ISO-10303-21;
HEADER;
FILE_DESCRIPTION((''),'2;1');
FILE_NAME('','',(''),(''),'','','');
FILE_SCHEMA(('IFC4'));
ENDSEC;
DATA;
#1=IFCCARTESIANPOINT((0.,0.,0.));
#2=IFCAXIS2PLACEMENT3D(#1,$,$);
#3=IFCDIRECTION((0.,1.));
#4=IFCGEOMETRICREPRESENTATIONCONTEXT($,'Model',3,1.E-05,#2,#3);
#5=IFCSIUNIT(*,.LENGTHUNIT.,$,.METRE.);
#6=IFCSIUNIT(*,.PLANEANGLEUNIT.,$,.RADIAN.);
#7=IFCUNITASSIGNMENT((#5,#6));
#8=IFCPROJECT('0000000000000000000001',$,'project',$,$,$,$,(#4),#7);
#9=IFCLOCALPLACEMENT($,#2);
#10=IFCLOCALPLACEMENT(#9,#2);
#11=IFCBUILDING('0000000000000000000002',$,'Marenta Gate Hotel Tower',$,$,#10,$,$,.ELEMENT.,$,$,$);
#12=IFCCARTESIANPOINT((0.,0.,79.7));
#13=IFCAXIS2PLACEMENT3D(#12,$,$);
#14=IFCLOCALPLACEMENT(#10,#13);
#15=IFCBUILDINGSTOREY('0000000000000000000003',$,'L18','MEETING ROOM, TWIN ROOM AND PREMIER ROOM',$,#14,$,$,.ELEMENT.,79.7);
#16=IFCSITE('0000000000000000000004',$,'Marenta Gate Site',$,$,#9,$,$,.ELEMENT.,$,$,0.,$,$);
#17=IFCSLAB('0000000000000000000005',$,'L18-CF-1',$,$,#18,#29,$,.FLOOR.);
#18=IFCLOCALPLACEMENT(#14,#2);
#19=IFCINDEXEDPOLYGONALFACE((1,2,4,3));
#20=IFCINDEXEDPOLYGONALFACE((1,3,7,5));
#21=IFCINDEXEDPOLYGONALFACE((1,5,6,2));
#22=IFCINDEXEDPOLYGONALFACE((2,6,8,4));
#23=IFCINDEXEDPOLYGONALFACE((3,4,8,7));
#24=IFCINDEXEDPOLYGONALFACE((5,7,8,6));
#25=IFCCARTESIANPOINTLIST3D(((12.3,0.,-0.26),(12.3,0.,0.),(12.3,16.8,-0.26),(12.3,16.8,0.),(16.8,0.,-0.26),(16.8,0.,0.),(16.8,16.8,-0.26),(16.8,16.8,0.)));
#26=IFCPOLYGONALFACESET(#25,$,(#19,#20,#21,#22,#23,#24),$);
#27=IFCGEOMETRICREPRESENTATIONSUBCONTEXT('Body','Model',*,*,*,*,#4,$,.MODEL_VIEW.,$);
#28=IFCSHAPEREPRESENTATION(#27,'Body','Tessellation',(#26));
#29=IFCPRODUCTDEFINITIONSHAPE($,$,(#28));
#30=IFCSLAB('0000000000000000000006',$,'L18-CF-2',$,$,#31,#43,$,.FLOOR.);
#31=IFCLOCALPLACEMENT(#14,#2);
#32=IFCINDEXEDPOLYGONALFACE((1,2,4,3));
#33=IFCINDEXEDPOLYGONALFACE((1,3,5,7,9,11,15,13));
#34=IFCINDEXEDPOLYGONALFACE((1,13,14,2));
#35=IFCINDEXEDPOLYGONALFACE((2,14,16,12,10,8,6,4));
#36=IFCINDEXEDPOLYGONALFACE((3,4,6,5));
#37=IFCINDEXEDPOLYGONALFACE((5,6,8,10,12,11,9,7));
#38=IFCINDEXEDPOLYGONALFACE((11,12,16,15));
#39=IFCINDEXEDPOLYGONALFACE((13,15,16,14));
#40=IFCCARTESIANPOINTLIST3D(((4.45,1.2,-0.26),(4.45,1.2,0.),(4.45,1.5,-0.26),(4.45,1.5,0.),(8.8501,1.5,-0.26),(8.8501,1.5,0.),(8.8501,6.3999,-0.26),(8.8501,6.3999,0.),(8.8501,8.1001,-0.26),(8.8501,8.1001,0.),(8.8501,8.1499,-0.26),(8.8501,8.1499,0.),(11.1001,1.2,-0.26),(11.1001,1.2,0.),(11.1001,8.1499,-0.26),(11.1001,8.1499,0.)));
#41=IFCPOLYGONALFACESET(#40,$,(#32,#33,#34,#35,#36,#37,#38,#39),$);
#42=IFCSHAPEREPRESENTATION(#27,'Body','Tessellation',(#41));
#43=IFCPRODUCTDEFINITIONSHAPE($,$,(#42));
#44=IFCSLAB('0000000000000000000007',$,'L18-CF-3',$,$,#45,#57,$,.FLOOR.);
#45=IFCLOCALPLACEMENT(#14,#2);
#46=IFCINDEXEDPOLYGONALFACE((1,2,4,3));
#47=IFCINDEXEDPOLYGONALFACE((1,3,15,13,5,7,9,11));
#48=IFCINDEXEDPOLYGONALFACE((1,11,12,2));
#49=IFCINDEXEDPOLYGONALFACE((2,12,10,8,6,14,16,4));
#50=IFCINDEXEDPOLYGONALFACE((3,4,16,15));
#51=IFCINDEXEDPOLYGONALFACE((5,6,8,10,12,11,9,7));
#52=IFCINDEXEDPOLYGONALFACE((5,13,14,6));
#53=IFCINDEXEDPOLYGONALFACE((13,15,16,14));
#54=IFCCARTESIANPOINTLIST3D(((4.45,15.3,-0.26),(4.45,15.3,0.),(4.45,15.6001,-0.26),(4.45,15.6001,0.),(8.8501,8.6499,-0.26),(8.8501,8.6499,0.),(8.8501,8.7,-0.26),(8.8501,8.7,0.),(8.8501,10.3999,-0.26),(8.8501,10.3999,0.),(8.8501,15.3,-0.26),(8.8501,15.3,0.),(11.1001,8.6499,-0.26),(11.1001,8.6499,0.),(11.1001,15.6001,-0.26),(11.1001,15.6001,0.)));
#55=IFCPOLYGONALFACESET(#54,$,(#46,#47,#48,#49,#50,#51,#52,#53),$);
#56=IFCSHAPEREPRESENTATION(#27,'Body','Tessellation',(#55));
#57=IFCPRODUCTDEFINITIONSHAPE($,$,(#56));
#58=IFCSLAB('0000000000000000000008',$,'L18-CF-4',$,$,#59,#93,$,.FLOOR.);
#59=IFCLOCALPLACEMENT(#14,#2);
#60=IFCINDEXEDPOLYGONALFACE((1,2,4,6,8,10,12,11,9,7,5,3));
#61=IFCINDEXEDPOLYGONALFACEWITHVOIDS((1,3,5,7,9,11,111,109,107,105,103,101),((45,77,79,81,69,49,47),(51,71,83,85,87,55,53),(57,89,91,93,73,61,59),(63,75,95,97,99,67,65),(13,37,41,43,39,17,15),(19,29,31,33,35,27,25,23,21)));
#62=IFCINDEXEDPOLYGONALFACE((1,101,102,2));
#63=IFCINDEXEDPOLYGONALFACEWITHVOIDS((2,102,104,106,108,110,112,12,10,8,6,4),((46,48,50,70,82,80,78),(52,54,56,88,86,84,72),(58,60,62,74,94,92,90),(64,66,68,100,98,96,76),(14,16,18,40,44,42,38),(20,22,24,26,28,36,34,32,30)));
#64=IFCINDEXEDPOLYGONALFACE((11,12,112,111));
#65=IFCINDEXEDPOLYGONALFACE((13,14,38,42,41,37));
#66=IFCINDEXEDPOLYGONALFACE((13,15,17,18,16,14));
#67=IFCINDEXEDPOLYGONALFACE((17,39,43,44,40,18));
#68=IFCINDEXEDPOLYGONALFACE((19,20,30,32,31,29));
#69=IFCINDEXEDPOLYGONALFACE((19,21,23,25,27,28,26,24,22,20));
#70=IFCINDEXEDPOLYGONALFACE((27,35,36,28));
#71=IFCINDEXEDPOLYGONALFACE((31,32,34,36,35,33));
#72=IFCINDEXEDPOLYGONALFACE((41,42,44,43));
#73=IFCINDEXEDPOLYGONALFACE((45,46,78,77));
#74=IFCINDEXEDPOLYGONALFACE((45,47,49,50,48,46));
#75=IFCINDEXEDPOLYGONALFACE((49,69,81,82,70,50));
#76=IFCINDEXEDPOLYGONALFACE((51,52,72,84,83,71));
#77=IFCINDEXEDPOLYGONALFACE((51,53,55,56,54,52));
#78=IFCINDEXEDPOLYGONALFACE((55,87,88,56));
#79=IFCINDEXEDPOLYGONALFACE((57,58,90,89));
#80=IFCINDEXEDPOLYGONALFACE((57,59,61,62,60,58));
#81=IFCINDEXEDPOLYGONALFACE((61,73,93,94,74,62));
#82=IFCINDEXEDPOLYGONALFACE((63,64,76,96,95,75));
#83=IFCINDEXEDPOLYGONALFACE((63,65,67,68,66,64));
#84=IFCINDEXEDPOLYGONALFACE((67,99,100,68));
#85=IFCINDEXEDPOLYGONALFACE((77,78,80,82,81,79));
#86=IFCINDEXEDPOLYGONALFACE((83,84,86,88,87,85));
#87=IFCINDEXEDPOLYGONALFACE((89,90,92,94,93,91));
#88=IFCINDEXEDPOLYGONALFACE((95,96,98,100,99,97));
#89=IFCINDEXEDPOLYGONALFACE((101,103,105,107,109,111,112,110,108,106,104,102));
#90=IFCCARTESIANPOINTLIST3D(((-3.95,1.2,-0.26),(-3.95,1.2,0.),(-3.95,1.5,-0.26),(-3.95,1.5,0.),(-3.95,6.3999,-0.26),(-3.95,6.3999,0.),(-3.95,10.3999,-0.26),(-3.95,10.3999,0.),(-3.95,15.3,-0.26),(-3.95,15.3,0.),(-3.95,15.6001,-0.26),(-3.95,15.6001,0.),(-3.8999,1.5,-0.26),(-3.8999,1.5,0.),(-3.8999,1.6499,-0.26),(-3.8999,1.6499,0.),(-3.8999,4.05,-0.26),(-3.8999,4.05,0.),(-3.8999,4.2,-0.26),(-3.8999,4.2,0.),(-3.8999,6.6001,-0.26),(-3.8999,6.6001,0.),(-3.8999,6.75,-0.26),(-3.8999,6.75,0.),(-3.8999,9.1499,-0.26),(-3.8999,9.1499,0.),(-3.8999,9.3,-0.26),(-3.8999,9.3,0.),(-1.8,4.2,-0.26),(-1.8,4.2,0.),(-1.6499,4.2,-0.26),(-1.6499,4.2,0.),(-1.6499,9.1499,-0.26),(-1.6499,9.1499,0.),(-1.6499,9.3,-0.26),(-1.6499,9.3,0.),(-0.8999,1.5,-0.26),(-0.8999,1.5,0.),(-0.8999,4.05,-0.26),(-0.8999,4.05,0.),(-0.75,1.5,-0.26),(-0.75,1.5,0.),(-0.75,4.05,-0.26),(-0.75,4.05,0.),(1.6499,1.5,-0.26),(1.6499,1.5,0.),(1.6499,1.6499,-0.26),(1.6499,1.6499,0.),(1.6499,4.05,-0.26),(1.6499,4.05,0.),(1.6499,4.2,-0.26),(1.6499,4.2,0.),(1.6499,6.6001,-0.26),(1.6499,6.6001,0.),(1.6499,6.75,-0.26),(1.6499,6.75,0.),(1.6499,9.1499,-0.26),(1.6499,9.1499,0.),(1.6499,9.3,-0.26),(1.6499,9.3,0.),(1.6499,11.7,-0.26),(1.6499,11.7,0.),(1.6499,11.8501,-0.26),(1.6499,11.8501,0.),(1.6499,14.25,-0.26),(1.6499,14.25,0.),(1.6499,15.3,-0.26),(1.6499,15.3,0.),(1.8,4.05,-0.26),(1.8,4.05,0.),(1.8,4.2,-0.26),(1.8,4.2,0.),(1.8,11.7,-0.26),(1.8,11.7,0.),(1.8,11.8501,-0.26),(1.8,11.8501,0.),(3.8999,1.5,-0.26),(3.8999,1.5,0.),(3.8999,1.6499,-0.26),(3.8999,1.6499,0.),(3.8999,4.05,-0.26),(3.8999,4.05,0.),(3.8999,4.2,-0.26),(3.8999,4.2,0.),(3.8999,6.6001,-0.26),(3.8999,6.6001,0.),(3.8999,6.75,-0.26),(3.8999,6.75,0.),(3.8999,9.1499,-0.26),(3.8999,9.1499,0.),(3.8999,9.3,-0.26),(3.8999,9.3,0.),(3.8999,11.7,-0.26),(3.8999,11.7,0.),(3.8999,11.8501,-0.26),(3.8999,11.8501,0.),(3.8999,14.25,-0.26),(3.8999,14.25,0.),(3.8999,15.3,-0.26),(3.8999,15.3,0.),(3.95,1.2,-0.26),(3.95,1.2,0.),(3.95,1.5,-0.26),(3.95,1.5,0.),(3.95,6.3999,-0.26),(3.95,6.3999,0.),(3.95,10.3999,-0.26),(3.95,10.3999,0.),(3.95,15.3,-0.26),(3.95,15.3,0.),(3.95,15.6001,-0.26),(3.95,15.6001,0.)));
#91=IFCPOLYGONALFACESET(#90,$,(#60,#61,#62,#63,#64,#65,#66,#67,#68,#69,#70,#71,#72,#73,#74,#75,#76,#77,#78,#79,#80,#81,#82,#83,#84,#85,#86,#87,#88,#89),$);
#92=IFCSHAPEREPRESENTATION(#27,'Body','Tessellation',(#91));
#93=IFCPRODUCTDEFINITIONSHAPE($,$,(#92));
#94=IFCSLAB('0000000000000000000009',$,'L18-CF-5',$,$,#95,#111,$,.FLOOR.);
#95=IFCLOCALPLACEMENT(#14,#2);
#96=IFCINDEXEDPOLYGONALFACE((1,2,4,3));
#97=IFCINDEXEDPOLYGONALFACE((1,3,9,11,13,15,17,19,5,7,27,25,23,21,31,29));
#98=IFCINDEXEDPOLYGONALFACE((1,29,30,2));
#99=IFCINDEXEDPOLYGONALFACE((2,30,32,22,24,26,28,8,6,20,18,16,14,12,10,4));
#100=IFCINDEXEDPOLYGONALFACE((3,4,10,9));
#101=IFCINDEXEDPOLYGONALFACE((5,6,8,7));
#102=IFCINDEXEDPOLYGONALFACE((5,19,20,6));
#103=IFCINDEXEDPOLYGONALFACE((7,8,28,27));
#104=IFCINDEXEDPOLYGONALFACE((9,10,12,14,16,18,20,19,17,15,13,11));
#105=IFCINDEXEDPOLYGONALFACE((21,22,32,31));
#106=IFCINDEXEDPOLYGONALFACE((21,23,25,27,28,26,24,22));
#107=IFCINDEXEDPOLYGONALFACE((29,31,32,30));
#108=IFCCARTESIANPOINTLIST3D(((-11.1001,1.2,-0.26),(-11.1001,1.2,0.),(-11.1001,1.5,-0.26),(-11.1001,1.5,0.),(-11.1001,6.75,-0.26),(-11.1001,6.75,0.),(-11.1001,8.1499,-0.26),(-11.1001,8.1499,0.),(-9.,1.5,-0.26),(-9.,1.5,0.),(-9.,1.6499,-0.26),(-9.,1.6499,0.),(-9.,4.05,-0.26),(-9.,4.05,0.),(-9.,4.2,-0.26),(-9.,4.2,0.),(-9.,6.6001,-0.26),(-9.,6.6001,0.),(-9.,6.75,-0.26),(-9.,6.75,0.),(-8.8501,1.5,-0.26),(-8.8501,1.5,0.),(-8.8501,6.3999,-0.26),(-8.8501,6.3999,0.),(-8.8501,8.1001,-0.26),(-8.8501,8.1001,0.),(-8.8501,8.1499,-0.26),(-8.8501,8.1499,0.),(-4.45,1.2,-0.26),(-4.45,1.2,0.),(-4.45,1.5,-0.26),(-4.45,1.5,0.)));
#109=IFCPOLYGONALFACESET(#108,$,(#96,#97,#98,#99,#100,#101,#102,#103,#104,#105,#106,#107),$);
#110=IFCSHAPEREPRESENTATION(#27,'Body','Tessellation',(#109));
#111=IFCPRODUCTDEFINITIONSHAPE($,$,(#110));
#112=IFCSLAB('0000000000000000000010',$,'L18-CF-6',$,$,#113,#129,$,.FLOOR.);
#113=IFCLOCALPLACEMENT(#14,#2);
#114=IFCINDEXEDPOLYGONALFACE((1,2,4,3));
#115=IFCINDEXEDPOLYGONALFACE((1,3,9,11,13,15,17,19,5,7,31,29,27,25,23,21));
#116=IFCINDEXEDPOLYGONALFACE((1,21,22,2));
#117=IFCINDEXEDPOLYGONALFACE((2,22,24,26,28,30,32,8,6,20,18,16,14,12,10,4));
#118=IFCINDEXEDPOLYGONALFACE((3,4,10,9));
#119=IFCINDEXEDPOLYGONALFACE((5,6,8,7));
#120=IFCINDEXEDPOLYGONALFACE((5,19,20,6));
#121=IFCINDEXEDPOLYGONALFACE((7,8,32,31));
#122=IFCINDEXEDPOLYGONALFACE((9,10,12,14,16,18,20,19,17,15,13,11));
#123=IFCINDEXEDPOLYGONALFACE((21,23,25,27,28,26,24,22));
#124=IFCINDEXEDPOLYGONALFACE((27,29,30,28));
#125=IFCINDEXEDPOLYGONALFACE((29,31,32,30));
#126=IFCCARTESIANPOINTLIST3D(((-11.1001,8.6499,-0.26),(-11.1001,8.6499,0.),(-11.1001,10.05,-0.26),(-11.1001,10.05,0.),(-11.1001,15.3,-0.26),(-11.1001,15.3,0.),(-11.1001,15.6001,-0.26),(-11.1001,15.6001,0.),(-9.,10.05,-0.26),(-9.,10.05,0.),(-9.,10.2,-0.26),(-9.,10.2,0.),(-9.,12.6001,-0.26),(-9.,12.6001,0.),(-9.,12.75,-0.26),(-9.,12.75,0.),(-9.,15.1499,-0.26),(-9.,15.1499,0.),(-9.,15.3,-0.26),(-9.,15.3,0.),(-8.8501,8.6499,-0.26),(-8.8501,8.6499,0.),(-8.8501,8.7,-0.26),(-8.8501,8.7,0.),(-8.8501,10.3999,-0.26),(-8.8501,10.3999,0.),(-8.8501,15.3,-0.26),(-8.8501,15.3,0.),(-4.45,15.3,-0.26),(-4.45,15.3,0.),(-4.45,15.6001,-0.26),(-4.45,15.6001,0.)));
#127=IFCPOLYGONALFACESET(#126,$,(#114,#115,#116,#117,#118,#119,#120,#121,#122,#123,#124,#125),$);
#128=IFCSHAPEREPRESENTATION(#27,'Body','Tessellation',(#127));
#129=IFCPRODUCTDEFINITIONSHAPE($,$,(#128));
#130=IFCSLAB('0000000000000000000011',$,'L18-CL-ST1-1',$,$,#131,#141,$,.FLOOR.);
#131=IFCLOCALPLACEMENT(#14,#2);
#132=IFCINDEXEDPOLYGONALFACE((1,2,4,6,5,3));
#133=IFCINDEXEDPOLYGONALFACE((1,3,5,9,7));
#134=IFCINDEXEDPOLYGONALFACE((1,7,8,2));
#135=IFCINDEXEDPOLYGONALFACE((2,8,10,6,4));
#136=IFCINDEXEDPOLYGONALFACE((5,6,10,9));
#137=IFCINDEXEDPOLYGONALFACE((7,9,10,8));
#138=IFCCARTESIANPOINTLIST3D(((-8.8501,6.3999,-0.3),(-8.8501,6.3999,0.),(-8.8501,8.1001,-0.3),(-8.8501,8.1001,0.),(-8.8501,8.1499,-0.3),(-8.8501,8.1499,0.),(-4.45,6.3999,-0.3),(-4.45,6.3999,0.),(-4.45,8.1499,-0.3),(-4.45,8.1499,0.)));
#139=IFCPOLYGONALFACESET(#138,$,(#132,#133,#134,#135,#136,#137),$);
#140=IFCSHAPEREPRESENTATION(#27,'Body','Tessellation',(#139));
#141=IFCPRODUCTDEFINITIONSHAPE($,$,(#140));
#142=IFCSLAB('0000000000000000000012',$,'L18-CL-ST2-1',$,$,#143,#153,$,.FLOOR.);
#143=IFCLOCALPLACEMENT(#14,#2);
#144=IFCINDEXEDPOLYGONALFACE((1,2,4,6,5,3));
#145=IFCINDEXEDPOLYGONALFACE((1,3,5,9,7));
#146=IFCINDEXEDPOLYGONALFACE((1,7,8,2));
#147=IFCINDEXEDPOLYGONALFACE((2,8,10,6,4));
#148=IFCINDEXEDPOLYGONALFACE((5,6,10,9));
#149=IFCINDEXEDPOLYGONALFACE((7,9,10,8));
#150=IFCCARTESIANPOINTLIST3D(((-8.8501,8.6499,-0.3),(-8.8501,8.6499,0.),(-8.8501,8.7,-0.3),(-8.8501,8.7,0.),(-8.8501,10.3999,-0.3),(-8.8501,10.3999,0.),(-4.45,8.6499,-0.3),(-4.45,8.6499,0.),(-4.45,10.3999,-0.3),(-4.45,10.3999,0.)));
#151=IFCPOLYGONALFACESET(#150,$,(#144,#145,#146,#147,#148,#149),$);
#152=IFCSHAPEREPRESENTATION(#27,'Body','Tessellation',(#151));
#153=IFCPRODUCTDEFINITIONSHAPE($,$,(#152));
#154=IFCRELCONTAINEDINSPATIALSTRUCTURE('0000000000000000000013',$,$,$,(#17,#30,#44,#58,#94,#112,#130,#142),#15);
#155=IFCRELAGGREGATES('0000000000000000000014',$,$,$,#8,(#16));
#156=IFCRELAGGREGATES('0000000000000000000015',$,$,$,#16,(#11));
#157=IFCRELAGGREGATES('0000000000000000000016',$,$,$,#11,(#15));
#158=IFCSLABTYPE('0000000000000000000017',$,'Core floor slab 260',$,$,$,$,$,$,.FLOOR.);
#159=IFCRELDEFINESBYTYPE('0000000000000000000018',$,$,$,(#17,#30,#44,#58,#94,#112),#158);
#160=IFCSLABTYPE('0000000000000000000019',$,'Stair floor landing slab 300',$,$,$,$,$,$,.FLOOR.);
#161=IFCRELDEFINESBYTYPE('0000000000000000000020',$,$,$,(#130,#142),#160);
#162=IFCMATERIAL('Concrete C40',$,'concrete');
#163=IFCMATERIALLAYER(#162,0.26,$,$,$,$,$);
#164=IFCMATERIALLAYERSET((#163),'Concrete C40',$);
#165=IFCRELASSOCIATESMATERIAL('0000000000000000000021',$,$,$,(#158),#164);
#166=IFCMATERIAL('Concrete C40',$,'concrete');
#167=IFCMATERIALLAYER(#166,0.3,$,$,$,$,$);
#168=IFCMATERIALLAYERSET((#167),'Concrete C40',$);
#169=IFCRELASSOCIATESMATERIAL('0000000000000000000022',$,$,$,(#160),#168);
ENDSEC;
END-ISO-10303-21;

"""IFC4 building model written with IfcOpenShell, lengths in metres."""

from ifc_helpers import new_model, si_unit, direction, frame, origin, place, context, subcontext, project, spatial, polyline, outline, extrude, material, layer, layer_set, type_object, element, save


model = new_model("IFC4")

# Units and contexts
model_context = context("Model", 3, precision=1e-05, world=origin(), true_north=direction((0.0, 1.0)))
body_context = subcontext(model_context, "Body", "Model", "MODEL_VIEW")
ifc_project = project(units=[si_unit("LENGTHUNIT", "METRE"), si_unit("PLANEANGLEUNIT", "RADIAN")], contexts=[model_context])

# Site, building, storey
site_placement = place(None, origin())
site = spatial("IfcSite", under=ifc_project, at=site_placement, Name="Marenta Gate Site", CompositionType="ELEMENT", RefElevation=0.0)
building_placement = place(site_placement, origin())
building = spatial("IfcBuilding", under=site, at=building_placement, Name="Marenta Gate Hotel Tower", CompositionType="ELEMENT")
storey_placement = place(building_placement, frame((0.0, 0.0, 79.7)))
storey = spatial("IfcBuildingStorey", under=building, at=storey_placement, Name="L18", Description="MEETING ROOM, TWIN ROOM AND PREMIER ROOM", CompositionType="ELEMENT", Elevation=79.7)

# Slabs
ifc_material_1 = material(Name="Concrete C40", Category="concrete")
ifc_layer_1 = layer(ifc_material_1, 0.26)
ifc_layer_set_1 = layer_set([ifc_layer_1], Name="Concrete C40")
slab_type_1 = type_object("IfcSlabType", Name="Core floor slab 260", PredefinedType="FLOOR", material=ifc_layer_set_1)
slab_1_placement = place(storey_placement, frame((0.0, 0.0, -0.26)))
element("IfcSlab", 1, at=slab_1_placement, inside=storey, type_object=slab_type_1, Name="L18-CF-1", PredefinedType="FLOOR", context=body_context, shape_type="SweptSolid", body=[
    extrude(outline(polyline([(12.3, 0.0), (12.3, 16.8), (16.8, 16.8), (16.8, 0.0), (12.3, 0.0)])), origin(), (0.0, 0.0, 1.0), 0.26),
])
slab_2_placement = place(storey_placement, frame((0.0, 0.0, -0.26)))
element("IfcSlab", 2, at=slab_2_placement, inside=storey, type_object=slab_type_1, Name="L18-CF-2", PredefinedType="FLOOR", context=body_context, shape_type="SweptSolid", body=[
    extrude(outline(polyline([(8.8501, 1.5), (8.8501, 6.3999), (8.8501, 8.1001), (8.8501, 8.1499), (11.1001, 8.1499), (11.1001, 1.2), (4.45, 1.2), (4.45, 1.5), (8.8501, 1.5)])), origin(), (0.0, 0.0, 1.0), 0.26),
])
slab_3_placement = place(storey_placement, frame((0.0, 0.0, -0.26)))
element("IfcSlab", 3, at=slab_3_placement, inside=storey, type_object=slab_type_1, Name="L18-CF-3", PredefinedType="FLOOR", context=body_context, shape_type="SweptSolid", body=[
    extrude(outline(polyline([(8.8501, 15.3), (4.45, 15.3), (4.45, 15.6001), (11.1001, 15.6001), (11.1001, 8.6499), (8.8501, 8.6499), (8.8501, 8.7), (8.8501, 10.3999), (8.8501, 15.3)])), origin(), (0.0, 0.0, 1.0), 0.26),
])
slab_4_placement = place(storey_placement, frame((0.0, 0.0, -0.26)))
element("IfcSlab", 4, at=slab_4_placement, inside=storey, type_object=slab_type_1, Name="L18-CF-4", PredefinedType="FLOOR", context=body_context, shape_type="SweptSolid", body=[
    extrude(outline(polyline([(3.95, 15.3), (3.95, 10.3999), (3.95, 6.3999), (3.95, 1.5), (3.95, 1.2), (-3.95, 1.2), (-3.95, 1.5), (-3.95, 6.3999), (-3.95, 10.3999), (-3.95, 15.3), (-3.95, 15.6001), (3.95, 15.6001), (3.95, 15.3)]), holes=[polyline([(1.6499, 4.05), (1.6499, 1.6499), (1.6499, 1.5), (3.8999, 1.5), (3.8999, 1.6499), (3.8999, 4.05), (1.8, 4.05), (1.6499, 4.05)]), polyline([(1.6499, 9.1499), (3.8999, 9.1499), (3.8999, 9.3), (3.8999, 11.7), (1.8, 11.7), (1.6499, 11.7), (1.6499, 9.3), (1.6499, 9.1499)]), polyline([(1.6499, 11.8501), (1.8, 11.8501), (3.8999, 11.8501), (3.8999, 14.25), (3.8999, 15.3), (1.6499, 15.3), (1.6499, 14.25), (1.6499, 11.8501)]), polyline([(3.8999, 6.6001), (3.8999, 6.75), (1.6499, 6.75), (1.6499, 6.6001), (1.6499, 4.2), (1.8, 4.2), (3.8999, 4.2), (3.8999, 6.6001)]), polyline([(-3.8999, 1.5), (-0.8999, 1.5), (-0.75, 1.5), (-0.75, 4.05), (-0.8999, 4.05), (-3.8999, 4.05), (-3.8999, 1.6499), (-3.8999, 1.5)]), polyline([(-1.6499, 4.2), (-1.6499, 9.1499), (-1.6499, 9.3), (-3.8999, 9.3), (-3.8999, 9.1499), (-3.8999, 6.75), (-3.8999, 6.6001), (-3.8999, 4.2), (-1.8, 4.2), (-1.6499, 4.2)])]), origin(), (0.0, 0.0, 1.0), 0.26),
])
slab_5_placement = place(storey_placement, frame((0.0, 0.0, -0.26)))
element("IfcSlab", 5, at=slab_5_placement, inside=storey, type_object=slab_type_1, Name="L18-CF-5", PredefinedType="FLOOR", context=body_context, shape_type="SweptSolid", body=[
    extrude(outline(polyline([(-9.0, 1.5), (-9.0, 1.6499), (-9.0, 4.05), (-9.0, 4.2), (-9.0, 6.6001), (-9.0, 6.75), (-11.1001, 6.75), (-11.1001, 8.1499), (-8.8501, 8.1499), (-8.8501, 8.1001), (-8.8501, 6.3999), (-8.8501, 1.5), (-4.45, 1.5), (-4.45, 1.2), (-11.1001, 1.2), (-11.1001, 1.5), (-9.0, 1.5)])), origin(), (0.0, 0.0, 1.0), 0.26),
])
slab_6_placement = place(storey_placement, frame((0.0, 0.0, -0.26)))
element("IfcSlab", 6, at=slab_6_placement, inside=storey, type_object=slab_type_1, Name="L18-CF-6", PredefinedType="FLOOR", context=body_context, shape_type="SweptSolid", body=[
    extrude(outline(polyline([(-4.45, 15.3), (-8.8501, 15.3), (-8.8501, 10.3999), (-8.8501, 8.7), (-8.8501, 8.6499), (-11.1001, 8.6499), (-11.1001, 10.05), (-9.0, 10.05), (-9.0, 10.2), (-9.0, 12.6001), (-9.0, 12.75), (-9.0, 15.1499), (-9.0, 15.3), (-11.1001, 15.3), (-11.1001, 15.6001), (-4.45, 15.6001), (-4.45, 15.3)])), origin(), (0.0, 0.0, 1.0), 0.26),
])
ifc_material_2 = material(Name="Concrete C40", Category="concrete")
ifc_layer_2 = layer(ifc_material_2, 0.3)
ifc_layer_set_2 = layer_set([ifc_layer_2], Name="Concrete C40")
slab_type_2 = type_object("IfcSlabType", Name="Stair floor landing slab 300", PredefinedType="FLOOR", material=ifc_layer_set_2)
slab_7_placement = place(storey_placement, frame((0.0, 0.0, -0.3)))
element("IfcSlab", 7, at=slab_7_placement, inside=storey, type_object=slab_type_2, Name="L18-CL-ST1-1", PredefinedType="FLOOR", context=body_context, shape_type="SweptSolid", body=[
    extrude(outline(polyline([(-4.45, 6.3999), (-8.8501, 6.3999), (-8.8501, 8.1001), (-8.8501, 8.1499), (-4.45, 8.1499), (-4.45, 6.3999)])), origin(), (0.0, 0.0, 1.0), 0.3),
])
slab_8_placement = place(storey_placement, frame((0.0, 0.0, -0.3)))
element("IfcSlab", 8, at=slab_8_placement, inside=storey, type_object=slab_type_2, Name="L18-CL-ST2-1", PredefinedType="FLOOR", context=body_context, shape_type="SweptSolid", body=[
    extrude(outline(polyline([(-4.45, 8.6499), (-8.8501, 8.6499), (-8.8501, 8.7), (-8.8501, 10.3999), (-4.45, 10.3999), (-4.45, 8.6499)])), origin(), (0.0, 0.0, 1.0), 0.3),
])

save(model, "model.ifc")
